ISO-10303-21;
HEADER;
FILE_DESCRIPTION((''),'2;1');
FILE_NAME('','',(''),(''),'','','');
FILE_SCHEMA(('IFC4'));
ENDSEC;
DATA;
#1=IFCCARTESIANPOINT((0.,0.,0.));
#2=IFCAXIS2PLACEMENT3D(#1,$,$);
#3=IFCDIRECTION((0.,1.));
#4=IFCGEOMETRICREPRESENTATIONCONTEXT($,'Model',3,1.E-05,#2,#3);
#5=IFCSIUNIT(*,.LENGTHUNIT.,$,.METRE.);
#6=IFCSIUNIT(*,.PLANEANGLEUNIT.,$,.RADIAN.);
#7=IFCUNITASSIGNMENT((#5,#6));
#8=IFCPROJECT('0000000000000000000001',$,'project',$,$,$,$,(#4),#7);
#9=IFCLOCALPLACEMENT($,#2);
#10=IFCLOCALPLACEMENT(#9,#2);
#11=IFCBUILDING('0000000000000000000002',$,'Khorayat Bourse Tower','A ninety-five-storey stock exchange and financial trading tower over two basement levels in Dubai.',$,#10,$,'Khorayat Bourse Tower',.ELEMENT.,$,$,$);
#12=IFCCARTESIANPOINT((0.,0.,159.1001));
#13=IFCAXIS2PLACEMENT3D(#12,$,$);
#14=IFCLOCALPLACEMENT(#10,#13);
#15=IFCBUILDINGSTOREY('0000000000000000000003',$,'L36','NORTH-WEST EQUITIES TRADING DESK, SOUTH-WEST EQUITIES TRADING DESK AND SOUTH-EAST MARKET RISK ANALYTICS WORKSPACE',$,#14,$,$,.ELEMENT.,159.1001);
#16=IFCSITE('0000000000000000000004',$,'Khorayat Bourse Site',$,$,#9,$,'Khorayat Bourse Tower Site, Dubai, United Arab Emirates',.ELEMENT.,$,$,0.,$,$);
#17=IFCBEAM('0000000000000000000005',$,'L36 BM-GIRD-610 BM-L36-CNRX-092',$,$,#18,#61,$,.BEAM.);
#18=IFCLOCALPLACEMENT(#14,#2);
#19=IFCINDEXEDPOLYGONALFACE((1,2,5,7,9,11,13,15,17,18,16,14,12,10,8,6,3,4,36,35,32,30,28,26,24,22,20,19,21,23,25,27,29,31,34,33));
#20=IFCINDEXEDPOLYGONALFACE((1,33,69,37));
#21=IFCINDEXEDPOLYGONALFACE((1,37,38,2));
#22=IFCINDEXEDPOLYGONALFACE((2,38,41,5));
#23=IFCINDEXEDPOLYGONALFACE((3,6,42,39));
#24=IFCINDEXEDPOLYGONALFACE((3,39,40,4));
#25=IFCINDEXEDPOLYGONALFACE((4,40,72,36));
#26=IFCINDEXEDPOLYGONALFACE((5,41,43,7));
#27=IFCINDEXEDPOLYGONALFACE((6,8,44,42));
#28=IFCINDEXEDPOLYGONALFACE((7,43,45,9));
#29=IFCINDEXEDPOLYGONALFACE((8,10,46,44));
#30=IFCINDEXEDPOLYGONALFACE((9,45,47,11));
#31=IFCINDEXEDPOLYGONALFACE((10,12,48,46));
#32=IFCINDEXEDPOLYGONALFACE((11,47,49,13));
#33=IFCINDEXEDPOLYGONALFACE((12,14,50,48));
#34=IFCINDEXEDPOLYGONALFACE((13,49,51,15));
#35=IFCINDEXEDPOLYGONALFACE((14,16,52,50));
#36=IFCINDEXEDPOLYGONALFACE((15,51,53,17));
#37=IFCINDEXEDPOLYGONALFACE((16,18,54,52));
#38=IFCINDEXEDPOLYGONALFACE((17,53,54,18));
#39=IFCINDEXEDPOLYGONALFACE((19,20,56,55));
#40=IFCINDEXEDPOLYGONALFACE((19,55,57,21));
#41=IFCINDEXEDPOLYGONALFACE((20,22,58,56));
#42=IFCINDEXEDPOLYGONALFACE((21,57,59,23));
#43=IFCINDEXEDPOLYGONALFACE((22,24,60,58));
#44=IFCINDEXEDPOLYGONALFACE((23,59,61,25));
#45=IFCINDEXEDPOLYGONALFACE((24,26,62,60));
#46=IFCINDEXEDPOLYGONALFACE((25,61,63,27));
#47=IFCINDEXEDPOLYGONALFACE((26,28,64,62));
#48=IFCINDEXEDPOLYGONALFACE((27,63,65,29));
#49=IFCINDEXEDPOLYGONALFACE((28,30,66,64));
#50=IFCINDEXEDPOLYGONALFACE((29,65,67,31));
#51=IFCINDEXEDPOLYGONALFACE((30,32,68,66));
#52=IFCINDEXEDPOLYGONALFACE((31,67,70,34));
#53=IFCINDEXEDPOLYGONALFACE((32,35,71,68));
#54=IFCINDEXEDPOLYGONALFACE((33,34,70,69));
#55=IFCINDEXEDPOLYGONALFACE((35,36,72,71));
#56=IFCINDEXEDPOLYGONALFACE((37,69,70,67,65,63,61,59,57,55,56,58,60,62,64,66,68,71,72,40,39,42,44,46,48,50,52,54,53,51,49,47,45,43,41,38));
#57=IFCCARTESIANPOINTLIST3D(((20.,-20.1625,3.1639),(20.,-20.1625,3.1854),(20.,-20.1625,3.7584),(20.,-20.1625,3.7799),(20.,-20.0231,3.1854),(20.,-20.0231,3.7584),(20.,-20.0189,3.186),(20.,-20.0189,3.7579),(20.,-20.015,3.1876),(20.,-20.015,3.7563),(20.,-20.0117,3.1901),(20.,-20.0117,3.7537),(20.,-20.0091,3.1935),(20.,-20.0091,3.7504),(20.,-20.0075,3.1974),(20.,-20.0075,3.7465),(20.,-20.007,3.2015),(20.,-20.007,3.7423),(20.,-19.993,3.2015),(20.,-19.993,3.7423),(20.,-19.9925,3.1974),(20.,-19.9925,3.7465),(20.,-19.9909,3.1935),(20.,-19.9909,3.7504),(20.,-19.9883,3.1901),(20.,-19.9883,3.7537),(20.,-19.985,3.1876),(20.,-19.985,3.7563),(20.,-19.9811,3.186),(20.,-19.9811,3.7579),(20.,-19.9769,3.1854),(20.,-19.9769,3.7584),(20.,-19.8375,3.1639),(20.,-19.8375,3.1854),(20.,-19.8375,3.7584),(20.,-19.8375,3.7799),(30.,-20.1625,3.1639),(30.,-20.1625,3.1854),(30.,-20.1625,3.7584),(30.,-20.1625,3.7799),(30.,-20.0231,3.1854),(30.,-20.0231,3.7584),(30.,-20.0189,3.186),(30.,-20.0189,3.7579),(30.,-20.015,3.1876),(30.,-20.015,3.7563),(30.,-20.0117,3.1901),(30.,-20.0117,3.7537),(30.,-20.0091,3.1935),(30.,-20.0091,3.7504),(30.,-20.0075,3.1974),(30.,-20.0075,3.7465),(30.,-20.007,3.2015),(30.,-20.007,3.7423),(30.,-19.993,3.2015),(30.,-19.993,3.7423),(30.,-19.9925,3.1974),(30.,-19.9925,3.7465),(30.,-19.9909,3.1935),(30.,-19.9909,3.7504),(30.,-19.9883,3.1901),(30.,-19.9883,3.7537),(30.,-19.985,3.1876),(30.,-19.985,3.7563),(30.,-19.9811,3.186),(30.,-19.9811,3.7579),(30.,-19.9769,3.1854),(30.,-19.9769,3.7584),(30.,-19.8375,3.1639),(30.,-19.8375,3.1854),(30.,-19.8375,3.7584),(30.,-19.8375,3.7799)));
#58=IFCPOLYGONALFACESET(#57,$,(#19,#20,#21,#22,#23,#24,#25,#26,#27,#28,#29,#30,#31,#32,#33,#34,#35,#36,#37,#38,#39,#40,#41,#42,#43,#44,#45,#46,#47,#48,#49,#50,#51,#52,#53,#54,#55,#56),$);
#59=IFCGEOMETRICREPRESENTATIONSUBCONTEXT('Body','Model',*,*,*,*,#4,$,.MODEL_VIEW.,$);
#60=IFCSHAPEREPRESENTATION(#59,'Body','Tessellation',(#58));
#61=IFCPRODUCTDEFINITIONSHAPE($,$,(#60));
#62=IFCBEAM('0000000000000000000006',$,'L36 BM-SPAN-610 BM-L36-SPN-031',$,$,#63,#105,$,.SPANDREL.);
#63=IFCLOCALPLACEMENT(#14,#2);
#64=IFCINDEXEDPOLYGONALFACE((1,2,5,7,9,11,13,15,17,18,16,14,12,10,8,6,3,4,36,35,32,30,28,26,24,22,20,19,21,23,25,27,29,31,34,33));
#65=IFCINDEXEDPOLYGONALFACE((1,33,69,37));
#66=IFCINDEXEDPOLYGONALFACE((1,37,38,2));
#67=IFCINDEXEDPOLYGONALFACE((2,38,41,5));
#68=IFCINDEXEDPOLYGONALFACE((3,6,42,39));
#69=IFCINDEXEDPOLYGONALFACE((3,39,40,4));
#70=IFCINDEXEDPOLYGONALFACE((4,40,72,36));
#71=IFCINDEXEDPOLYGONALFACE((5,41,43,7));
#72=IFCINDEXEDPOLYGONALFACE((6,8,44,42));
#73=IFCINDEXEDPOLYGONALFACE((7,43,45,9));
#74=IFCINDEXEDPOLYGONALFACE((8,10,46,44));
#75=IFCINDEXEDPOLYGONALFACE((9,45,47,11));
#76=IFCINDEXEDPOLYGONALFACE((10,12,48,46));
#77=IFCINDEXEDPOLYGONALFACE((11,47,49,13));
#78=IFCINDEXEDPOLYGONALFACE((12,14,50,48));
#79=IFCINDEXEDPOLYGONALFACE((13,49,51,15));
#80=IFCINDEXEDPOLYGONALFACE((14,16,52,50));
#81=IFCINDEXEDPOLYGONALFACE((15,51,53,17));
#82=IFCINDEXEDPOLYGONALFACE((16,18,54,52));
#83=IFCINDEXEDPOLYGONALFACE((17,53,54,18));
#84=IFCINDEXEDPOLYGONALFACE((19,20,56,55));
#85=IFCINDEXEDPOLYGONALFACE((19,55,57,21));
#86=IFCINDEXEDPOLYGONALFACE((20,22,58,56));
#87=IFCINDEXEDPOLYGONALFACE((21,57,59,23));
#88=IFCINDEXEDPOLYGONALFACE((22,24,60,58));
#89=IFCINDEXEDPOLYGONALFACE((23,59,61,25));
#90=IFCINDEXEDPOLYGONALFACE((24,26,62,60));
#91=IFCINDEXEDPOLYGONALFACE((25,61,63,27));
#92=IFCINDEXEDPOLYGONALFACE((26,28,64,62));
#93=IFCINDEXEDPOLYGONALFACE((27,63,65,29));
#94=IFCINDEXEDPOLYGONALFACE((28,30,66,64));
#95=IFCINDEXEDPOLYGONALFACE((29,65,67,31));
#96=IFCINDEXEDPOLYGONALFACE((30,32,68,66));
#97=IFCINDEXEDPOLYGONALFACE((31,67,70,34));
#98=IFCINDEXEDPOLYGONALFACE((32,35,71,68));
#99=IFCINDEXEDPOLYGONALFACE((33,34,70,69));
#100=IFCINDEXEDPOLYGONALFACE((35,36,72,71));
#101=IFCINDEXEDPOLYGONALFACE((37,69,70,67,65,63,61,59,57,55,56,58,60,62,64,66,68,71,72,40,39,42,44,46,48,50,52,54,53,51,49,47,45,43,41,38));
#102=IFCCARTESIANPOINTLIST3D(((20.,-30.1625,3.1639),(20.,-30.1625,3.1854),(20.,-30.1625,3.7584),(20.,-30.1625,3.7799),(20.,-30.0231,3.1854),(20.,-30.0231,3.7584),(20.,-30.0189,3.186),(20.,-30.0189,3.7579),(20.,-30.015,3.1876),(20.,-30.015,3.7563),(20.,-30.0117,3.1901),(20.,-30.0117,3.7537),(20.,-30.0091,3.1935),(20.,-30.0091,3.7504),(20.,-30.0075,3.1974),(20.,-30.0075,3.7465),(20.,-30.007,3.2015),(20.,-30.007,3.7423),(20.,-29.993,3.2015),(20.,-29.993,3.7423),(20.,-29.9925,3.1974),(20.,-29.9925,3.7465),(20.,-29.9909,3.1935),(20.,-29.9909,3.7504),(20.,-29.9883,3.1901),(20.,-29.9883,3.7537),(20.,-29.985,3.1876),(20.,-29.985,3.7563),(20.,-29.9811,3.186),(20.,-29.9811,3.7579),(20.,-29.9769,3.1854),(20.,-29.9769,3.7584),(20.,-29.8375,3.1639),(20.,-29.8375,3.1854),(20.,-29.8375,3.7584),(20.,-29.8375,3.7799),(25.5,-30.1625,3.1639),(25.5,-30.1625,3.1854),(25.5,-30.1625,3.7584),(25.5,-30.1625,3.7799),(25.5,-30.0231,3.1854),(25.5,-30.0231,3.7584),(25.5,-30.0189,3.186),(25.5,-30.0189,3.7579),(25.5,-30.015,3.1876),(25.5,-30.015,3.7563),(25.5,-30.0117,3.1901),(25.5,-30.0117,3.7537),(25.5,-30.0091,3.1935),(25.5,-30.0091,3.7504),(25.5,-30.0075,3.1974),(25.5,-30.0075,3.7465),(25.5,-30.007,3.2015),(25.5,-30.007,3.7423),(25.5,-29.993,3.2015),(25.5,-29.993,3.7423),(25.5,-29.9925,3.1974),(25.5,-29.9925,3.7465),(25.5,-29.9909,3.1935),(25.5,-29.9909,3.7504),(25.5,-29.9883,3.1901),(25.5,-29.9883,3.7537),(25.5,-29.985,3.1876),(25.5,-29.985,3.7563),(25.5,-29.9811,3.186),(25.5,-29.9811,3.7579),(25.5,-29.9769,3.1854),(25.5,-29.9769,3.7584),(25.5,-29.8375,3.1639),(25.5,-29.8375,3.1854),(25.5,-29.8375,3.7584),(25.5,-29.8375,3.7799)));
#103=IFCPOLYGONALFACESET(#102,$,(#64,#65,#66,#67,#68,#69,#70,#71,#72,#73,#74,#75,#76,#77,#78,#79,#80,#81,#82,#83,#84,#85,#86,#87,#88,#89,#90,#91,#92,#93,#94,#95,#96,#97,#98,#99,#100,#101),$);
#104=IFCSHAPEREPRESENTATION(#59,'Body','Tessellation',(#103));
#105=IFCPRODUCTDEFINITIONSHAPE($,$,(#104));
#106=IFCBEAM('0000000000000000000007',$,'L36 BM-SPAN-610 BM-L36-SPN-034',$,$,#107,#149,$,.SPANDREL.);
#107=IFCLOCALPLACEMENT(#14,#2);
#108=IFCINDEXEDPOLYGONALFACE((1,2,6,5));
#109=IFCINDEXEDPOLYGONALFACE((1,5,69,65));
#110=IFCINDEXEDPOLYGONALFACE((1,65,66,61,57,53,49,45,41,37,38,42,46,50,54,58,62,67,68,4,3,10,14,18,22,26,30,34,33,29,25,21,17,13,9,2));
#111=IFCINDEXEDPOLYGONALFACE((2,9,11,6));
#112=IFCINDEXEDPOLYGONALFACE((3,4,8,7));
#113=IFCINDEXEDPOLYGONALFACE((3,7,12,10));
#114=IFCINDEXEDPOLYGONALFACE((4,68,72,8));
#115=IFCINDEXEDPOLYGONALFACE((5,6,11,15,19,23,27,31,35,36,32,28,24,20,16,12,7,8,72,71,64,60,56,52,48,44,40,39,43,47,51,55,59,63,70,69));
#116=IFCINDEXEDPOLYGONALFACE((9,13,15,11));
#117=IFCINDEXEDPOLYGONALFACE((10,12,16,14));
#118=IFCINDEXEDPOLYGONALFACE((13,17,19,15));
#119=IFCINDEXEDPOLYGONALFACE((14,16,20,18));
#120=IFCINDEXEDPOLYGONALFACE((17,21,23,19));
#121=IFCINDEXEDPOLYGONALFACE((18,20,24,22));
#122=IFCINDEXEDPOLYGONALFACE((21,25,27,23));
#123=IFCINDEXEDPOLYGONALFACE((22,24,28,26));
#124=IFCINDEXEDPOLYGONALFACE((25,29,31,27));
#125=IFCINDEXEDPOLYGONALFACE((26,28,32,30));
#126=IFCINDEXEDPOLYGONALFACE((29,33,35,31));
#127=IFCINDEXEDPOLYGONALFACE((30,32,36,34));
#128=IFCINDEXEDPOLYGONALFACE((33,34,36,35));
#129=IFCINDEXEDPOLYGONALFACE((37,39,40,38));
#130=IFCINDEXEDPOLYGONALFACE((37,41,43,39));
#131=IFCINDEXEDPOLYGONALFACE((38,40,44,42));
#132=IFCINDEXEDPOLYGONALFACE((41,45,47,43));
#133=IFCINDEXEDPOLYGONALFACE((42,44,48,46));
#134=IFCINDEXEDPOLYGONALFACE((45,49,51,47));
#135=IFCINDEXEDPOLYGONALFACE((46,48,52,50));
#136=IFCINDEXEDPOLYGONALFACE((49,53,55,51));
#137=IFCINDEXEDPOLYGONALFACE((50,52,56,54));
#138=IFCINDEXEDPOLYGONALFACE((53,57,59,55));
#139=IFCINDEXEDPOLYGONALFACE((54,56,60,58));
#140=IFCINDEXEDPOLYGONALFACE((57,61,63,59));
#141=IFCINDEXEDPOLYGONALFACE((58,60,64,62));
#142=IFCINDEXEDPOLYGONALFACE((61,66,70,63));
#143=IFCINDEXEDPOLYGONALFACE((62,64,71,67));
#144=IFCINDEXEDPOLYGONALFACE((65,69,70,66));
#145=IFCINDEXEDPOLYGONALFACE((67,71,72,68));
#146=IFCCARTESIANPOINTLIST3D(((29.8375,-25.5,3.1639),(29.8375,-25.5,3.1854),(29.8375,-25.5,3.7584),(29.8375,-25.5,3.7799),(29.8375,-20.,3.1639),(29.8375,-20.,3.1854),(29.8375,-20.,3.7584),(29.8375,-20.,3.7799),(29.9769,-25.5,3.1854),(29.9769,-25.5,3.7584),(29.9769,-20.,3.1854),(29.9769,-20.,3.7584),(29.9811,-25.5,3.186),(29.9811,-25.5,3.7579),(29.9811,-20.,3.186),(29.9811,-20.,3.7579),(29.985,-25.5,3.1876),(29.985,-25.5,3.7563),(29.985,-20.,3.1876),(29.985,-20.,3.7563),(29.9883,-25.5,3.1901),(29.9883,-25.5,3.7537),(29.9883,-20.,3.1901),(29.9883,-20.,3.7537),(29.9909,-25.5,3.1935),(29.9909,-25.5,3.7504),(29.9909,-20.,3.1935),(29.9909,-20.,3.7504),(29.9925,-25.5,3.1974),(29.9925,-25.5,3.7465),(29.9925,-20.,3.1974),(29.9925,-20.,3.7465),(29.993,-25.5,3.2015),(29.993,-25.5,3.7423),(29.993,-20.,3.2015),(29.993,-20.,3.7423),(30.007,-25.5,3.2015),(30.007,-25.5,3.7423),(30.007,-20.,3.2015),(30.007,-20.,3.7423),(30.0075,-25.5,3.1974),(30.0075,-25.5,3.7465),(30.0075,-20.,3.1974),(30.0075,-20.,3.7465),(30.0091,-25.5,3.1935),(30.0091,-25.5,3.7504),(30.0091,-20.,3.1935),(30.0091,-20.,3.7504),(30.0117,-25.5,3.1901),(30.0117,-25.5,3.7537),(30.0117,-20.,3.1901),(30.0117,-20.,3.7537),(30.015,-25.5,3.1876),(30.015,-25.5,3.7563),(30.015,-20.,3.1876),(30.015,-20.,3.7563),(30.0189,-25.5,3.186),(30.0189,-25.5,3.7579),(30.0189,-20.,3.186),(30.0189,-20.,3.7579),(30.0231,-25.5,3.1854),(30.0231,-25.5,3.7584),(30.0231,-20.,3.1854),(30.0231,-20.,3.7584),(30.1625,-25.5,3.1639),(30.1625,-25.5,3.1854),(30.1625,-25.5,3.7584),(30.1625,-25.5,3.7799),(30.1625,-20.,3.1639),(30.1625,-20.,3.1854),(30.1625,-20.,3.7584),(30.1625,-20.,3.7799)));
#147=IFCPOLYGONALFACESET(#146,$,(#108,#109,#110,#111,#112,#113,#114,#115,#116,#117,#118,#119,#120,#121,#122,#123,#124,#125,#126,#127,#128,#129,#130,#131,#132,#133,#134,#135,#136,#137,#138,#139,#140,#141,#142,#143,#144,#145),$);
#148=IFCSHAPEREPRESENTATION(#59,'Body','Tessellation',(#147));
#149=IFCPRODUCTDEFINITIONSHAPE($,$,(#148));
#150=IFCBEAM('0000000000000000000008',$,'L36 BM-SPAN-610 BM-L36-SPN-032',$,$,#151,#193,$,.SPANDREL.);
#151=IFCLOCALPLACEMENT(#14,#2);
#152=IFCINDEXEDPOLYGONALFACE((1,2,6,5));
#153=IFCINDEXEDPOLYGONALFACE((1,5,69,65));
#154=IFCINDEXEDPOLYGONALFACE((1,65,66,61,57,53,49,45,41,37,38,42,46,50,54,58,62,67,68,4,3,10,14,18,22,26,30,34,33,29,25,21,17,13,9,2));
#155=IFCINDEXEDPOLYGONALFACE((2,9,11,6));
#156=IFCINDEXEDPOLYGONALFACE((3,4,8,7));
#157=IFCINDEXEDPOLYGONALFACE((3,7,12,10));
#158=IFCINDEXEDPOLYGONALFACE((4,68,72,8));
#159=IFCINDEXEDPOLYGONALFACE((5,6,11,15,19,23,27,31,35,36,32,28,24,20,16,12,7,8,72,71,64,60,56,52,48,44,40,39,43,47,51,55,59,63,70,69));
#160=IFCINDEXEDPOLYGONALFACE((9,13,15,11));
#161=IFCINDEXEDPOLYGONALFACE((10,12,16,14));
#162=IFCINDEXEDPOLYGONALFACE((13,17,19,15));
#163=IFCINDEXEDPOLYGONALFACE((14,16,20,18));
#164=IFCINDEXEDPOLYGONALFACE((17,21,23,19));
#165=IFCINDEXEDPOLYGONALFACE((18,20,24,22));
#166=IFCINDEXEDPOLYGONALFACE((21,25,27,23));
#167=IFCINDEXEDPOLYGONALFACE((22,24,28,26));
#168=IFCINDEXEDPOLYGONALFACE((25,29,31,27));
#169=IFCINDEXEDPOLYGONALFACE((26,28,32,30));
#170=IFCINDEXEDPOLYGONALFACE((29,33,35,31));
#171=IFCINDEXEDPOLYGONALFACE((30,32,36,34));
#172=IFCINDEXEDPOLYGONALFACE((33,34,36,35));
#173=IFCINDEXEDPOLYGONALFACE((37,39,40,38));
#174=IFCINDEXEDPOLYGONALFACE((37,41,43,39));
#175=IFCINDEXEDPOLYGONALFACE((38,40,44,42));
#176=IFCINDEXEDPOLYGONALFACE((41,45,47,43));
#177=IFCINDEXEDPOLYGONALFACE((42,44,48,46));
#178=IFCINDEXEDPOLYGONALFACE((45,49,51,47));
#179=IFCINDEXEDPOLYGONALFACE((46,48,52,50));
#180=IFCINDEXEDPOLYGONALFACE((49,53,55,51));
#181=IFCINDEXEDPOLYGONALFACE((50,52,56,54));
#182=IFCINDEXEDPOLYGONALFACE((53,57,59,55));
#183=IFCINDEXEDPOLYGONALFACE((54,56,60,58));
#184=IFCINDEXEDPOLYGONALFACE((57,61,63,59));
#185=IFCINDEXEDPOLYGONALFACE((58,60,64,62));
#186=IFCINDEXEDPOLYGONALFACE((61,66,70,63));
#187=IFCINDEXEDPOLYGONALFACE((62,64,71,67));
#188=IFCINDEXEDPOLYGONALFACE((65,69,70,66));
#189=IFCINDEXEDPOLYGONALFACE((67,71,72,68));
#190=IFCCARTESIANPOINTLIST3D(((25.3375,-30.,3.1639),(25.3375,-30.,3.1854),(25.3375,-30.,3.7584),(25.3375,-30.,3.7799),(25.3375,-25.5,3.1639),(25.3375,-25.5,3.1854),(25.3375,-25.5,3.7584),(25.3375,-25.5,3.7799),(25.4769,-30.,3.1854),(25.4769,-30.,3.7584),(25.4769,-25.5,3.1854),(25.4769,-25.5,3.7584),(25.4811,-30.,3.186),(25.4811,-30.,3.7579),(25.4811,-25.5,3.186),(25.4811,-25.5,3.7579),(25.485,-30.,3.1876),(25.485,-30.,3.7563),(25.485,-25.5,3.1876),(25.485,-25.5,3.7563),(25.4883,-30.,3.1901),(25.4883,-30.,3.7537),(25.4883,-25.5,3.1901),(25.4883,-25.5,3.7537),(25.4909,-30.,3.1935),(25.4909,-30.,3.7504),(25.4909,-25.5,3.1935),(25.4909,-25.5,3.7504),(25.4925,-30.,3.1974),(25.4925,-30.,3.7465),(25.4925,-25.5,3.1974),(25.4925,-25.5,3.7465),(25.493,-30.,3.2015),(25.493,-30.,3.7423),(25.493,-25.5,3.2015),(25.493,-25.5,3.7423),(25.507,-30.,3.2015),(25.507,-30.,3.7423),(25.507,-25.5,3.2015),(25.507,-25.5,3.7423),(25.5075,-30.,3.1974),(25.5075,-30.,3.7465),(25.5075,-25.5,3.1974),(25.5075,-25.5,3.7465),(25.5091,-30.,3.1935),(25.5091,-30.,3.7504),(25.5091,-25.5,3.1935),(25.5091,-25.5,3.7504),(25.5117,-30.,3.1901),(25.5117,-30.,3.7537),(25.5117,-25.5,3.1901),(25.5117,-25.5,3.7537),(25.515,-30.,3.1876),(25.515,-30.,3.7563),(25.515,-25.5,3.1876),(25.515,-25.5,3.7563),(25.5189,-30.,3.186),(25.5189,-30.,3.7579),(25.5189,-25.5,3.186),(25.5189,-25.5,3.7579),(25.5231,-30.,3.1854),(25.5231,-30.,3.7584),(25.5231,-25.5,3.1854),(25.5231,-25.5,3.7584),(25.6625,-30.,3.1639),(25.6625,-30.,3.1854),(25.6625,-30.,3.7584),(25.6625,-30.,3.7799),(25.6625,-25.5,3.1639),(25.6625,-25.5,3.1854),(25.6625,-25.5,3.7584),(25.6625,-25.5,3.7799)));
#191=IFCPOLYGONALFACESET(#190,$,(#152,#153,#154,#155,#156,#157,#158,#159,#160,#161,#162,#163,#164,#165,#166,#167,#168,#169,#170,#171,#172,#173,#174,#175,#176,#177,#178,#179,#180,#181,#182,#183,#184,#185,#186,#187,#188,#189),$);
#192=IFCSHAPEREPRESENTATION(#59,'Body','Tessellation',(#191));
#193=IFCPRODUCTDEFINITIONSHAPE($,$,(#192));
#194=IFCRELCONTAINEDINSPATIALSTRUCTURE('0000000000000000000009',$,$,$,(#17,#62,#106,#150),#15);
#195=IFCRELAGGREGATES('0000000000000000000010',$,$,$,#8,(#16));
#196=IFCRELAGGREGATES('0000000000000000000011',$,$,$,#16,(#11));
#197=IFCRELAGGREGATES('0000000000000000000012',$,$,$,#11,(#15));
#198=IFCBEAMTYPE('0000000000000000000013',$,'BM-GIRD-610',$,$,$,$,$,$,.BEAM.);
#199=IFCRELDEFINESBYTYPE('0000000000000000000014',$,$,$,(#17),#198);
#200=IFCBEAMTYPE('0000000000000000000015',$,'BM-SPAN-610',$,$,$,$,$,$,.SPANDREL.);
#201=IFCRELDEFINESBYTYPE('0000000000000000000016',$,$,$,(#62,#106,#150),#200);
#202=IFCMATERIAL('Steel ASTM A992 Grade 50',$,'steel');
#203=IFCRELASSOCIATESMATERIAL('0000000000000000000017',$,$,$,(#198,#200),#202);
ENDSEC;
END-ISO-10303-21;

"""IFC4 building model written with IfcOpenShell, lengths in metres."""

from ifc_helpers import new_model, si_unit, direction, frame, origin, origin_2d, place, context, subcontext, project, spatial, i_section, extrude, source, transform, mapped, material, material_profile, profile_set, type_object, element, save


model = new_model("IFC4")

# Units and contexts
model_context = context("Model", 3, precision=1e-05, world=origin(), true_north=direction((0.0, 1.0)))
body_context = subcontext(model_context, "Body", "Model", "MODEL_VIEW")
ifc_project = project(units=[si_unit("LENGTHUNIT", "METRE"), si_unit("PLANEANGLEUNIT", "RADIAN")], contexts=[model_context])

# Site, building, storey
site_placement = place(None, origin())
site = spatial("IfcSite", under=ifc_project, at=site_placement, Name="Khorayat Bourse Site", LongName="Khorayat Bourse Tower Site, Dubai, United Arab Emirates", CompositionType="ELEMENT", RefElevation=0.0)
building_placement = place(site_placement, origin())
building = spatial("IfcBuilding", under=site, at=building_placement, Name="Khorayat Bourse Tower", Description="A ninety-five-storey stock exchange and financial trading tower over two basement levels in Dubai.", LongName="Khorayat Bourse Tower", CompositionType="ELEMENT")
storey_placement = place(building_placement, frame((0.0, 0.0, 159.1001)))
storey = spatial("IfcBuildingStorey", under=building, at=storey_placement, Name="L36", Description="NORTH-WEST EQUITIES TRADING DESK, SOUTH-WEST EQUITIES TRADING DESK AND SOUTH-EAST MARKET RISK ANALYTICS WORKSPACE", CompositionType="ELEMENT", Elevation=159.1001)

# Beams
ifc_material_1 = material(Name="Steel ASTM A992 Grade 50", Category="steel")
ifc_material_profile_1 = material_profile(ifc_material_1, i_section(OverallWidth=0.325, OverallDepth=0.616, WebThickness=0.0139, FlangeThickness=0.0215, FilletRadius=0.0161, at=origin_2d()), Name="W610X174")
ifc_profile_set_1 = profile_set([ifc_material_profile_1], Name="Steel ASTM A992 Grade 50")
beam_type_1 = type_object("IfcBeamType", Name="BM-GIRD-610", PredefinedType="BEAM", material=ifc_profile_set_1)
shared_shape_1 = source(origin(), body_context, "Body", "SweptSolid", [
    extrude(i_section(OverallWidth=0.325, OverallDepth=0.616, WebThickness=0.0139, FlangeThickness=0.0215, FilletRadius=0.0161, at=origin_2d()), origin(), (0.0, 0.0, 1.0), 10.0),
])
beam_1_placement = place(storey_placement, frame((20.0, -20.0, 3.4719), z_axis=(1.0, 0.0, 0.0), x_axis=(0.0, 1.0, 0.0)))
element("IfcBeam", 1, at=beam_1_placement, inside=storey, type_object=beam_type_1, Name="L36 BM-GIRD-610 BM-L36-CNRX-092", PredefinedType="BEAM", context=body_context, shape_type="MappedRepresentation", body=[
    mapped(shared_shape_1, transform((0.0, 0.0, 0.0), scale=1.0)),
])
ifc_material_profile_2 = material_profile(ifc_material_1, i_section(OverallWidth=0.325, OverallDepth=0.616, WebThickness=0.0139, FlangeThickness=0.0215, FilletRadius=0.0161, at=origin_2d()), Name="W610X174")
ifc_profile_set_2 = profile_set([ifc_material_profile_2], Name="Steel ASTM A992 Grade 50")
beam_type_2 = type_object("IfcBeamType", Name="BM-SPAN-610", PredefinedType="SPANDREL", material=ifc_profile_set_2)
shared_shape_2 = source(origin(), body_context, "Body", "SweptSolid", [
    extrude(i_section(OverallWidth=0.325, OverallDepth=0.616, WebThickness=0.0139, FlangeThickness=0.0215, FilletRadius=0.0161, at=origin_2d()), origin(), (0.0, 0.0, 1.0), 5.5),
])
for number, where, z_axis, x_axis, name in (
    (2, (20.0, -30.0, 3.4719), (1.0, 0.0, 0.0), (0.0, 1.0, 0.0), "L36 BM-SPAN-610 BM-L36-SPN-031"),
    (3, (30.0, -25.5, 3.4719), (0.0, 1.0, 0.0), (-1.0, 0.0, 0.0), "L36 BM-SPAN-610 BM-L36-SPN-034"),
):
    element("IfcBeam", number, at=place(storey_placement, frame(where, z_axis=z_axis, x_axis=x_axis)), inside=storey, type_object=beam_type_2, Name=name, PredefinedType="SPANDREL", context=body_context, shape_type="MappedRepresentation", body=[
        mapped(shared_shape_2, transform((0.0, 0.0, 0.0), scale=1.0)),
    ])
shared_shape_3 = source(origin(), body_context, "Body", "SweptSolid", [
    extrude(i_section(OverallWidth=0.325, OverallDepth=0.616, WebThickness=0.0139, FlangeThickness=0.0215, FilletRadius=0.0161, at=origin_2d()), origin(), (0.0, 0.0, 1.0), 4.5),
])
for number, where, z_axis, x_axis, name in (
    (4, (25.5, -30.0, 3.4719), (0.0, 1.0, 0.0), (-1.0, 0.0, 0.0), "L36 BM-SPAN-610 BM-L36-SPN-032"),
):
    element("IfcBeam", number, at=place(storey_placement, frame(where, z_axis=z_axis, x_axis=x_axis)), inside=storey, type_object=beam_type_2, Name=name, PredefinedType="SPANDREL", context=body_context, shape_type="MappedRepresentation", body=[
        mapped(shared_shape_3, transform((0.0, 0.0, 0.0), scale=1.0)),
    ])

save(model, "model.ifc")
